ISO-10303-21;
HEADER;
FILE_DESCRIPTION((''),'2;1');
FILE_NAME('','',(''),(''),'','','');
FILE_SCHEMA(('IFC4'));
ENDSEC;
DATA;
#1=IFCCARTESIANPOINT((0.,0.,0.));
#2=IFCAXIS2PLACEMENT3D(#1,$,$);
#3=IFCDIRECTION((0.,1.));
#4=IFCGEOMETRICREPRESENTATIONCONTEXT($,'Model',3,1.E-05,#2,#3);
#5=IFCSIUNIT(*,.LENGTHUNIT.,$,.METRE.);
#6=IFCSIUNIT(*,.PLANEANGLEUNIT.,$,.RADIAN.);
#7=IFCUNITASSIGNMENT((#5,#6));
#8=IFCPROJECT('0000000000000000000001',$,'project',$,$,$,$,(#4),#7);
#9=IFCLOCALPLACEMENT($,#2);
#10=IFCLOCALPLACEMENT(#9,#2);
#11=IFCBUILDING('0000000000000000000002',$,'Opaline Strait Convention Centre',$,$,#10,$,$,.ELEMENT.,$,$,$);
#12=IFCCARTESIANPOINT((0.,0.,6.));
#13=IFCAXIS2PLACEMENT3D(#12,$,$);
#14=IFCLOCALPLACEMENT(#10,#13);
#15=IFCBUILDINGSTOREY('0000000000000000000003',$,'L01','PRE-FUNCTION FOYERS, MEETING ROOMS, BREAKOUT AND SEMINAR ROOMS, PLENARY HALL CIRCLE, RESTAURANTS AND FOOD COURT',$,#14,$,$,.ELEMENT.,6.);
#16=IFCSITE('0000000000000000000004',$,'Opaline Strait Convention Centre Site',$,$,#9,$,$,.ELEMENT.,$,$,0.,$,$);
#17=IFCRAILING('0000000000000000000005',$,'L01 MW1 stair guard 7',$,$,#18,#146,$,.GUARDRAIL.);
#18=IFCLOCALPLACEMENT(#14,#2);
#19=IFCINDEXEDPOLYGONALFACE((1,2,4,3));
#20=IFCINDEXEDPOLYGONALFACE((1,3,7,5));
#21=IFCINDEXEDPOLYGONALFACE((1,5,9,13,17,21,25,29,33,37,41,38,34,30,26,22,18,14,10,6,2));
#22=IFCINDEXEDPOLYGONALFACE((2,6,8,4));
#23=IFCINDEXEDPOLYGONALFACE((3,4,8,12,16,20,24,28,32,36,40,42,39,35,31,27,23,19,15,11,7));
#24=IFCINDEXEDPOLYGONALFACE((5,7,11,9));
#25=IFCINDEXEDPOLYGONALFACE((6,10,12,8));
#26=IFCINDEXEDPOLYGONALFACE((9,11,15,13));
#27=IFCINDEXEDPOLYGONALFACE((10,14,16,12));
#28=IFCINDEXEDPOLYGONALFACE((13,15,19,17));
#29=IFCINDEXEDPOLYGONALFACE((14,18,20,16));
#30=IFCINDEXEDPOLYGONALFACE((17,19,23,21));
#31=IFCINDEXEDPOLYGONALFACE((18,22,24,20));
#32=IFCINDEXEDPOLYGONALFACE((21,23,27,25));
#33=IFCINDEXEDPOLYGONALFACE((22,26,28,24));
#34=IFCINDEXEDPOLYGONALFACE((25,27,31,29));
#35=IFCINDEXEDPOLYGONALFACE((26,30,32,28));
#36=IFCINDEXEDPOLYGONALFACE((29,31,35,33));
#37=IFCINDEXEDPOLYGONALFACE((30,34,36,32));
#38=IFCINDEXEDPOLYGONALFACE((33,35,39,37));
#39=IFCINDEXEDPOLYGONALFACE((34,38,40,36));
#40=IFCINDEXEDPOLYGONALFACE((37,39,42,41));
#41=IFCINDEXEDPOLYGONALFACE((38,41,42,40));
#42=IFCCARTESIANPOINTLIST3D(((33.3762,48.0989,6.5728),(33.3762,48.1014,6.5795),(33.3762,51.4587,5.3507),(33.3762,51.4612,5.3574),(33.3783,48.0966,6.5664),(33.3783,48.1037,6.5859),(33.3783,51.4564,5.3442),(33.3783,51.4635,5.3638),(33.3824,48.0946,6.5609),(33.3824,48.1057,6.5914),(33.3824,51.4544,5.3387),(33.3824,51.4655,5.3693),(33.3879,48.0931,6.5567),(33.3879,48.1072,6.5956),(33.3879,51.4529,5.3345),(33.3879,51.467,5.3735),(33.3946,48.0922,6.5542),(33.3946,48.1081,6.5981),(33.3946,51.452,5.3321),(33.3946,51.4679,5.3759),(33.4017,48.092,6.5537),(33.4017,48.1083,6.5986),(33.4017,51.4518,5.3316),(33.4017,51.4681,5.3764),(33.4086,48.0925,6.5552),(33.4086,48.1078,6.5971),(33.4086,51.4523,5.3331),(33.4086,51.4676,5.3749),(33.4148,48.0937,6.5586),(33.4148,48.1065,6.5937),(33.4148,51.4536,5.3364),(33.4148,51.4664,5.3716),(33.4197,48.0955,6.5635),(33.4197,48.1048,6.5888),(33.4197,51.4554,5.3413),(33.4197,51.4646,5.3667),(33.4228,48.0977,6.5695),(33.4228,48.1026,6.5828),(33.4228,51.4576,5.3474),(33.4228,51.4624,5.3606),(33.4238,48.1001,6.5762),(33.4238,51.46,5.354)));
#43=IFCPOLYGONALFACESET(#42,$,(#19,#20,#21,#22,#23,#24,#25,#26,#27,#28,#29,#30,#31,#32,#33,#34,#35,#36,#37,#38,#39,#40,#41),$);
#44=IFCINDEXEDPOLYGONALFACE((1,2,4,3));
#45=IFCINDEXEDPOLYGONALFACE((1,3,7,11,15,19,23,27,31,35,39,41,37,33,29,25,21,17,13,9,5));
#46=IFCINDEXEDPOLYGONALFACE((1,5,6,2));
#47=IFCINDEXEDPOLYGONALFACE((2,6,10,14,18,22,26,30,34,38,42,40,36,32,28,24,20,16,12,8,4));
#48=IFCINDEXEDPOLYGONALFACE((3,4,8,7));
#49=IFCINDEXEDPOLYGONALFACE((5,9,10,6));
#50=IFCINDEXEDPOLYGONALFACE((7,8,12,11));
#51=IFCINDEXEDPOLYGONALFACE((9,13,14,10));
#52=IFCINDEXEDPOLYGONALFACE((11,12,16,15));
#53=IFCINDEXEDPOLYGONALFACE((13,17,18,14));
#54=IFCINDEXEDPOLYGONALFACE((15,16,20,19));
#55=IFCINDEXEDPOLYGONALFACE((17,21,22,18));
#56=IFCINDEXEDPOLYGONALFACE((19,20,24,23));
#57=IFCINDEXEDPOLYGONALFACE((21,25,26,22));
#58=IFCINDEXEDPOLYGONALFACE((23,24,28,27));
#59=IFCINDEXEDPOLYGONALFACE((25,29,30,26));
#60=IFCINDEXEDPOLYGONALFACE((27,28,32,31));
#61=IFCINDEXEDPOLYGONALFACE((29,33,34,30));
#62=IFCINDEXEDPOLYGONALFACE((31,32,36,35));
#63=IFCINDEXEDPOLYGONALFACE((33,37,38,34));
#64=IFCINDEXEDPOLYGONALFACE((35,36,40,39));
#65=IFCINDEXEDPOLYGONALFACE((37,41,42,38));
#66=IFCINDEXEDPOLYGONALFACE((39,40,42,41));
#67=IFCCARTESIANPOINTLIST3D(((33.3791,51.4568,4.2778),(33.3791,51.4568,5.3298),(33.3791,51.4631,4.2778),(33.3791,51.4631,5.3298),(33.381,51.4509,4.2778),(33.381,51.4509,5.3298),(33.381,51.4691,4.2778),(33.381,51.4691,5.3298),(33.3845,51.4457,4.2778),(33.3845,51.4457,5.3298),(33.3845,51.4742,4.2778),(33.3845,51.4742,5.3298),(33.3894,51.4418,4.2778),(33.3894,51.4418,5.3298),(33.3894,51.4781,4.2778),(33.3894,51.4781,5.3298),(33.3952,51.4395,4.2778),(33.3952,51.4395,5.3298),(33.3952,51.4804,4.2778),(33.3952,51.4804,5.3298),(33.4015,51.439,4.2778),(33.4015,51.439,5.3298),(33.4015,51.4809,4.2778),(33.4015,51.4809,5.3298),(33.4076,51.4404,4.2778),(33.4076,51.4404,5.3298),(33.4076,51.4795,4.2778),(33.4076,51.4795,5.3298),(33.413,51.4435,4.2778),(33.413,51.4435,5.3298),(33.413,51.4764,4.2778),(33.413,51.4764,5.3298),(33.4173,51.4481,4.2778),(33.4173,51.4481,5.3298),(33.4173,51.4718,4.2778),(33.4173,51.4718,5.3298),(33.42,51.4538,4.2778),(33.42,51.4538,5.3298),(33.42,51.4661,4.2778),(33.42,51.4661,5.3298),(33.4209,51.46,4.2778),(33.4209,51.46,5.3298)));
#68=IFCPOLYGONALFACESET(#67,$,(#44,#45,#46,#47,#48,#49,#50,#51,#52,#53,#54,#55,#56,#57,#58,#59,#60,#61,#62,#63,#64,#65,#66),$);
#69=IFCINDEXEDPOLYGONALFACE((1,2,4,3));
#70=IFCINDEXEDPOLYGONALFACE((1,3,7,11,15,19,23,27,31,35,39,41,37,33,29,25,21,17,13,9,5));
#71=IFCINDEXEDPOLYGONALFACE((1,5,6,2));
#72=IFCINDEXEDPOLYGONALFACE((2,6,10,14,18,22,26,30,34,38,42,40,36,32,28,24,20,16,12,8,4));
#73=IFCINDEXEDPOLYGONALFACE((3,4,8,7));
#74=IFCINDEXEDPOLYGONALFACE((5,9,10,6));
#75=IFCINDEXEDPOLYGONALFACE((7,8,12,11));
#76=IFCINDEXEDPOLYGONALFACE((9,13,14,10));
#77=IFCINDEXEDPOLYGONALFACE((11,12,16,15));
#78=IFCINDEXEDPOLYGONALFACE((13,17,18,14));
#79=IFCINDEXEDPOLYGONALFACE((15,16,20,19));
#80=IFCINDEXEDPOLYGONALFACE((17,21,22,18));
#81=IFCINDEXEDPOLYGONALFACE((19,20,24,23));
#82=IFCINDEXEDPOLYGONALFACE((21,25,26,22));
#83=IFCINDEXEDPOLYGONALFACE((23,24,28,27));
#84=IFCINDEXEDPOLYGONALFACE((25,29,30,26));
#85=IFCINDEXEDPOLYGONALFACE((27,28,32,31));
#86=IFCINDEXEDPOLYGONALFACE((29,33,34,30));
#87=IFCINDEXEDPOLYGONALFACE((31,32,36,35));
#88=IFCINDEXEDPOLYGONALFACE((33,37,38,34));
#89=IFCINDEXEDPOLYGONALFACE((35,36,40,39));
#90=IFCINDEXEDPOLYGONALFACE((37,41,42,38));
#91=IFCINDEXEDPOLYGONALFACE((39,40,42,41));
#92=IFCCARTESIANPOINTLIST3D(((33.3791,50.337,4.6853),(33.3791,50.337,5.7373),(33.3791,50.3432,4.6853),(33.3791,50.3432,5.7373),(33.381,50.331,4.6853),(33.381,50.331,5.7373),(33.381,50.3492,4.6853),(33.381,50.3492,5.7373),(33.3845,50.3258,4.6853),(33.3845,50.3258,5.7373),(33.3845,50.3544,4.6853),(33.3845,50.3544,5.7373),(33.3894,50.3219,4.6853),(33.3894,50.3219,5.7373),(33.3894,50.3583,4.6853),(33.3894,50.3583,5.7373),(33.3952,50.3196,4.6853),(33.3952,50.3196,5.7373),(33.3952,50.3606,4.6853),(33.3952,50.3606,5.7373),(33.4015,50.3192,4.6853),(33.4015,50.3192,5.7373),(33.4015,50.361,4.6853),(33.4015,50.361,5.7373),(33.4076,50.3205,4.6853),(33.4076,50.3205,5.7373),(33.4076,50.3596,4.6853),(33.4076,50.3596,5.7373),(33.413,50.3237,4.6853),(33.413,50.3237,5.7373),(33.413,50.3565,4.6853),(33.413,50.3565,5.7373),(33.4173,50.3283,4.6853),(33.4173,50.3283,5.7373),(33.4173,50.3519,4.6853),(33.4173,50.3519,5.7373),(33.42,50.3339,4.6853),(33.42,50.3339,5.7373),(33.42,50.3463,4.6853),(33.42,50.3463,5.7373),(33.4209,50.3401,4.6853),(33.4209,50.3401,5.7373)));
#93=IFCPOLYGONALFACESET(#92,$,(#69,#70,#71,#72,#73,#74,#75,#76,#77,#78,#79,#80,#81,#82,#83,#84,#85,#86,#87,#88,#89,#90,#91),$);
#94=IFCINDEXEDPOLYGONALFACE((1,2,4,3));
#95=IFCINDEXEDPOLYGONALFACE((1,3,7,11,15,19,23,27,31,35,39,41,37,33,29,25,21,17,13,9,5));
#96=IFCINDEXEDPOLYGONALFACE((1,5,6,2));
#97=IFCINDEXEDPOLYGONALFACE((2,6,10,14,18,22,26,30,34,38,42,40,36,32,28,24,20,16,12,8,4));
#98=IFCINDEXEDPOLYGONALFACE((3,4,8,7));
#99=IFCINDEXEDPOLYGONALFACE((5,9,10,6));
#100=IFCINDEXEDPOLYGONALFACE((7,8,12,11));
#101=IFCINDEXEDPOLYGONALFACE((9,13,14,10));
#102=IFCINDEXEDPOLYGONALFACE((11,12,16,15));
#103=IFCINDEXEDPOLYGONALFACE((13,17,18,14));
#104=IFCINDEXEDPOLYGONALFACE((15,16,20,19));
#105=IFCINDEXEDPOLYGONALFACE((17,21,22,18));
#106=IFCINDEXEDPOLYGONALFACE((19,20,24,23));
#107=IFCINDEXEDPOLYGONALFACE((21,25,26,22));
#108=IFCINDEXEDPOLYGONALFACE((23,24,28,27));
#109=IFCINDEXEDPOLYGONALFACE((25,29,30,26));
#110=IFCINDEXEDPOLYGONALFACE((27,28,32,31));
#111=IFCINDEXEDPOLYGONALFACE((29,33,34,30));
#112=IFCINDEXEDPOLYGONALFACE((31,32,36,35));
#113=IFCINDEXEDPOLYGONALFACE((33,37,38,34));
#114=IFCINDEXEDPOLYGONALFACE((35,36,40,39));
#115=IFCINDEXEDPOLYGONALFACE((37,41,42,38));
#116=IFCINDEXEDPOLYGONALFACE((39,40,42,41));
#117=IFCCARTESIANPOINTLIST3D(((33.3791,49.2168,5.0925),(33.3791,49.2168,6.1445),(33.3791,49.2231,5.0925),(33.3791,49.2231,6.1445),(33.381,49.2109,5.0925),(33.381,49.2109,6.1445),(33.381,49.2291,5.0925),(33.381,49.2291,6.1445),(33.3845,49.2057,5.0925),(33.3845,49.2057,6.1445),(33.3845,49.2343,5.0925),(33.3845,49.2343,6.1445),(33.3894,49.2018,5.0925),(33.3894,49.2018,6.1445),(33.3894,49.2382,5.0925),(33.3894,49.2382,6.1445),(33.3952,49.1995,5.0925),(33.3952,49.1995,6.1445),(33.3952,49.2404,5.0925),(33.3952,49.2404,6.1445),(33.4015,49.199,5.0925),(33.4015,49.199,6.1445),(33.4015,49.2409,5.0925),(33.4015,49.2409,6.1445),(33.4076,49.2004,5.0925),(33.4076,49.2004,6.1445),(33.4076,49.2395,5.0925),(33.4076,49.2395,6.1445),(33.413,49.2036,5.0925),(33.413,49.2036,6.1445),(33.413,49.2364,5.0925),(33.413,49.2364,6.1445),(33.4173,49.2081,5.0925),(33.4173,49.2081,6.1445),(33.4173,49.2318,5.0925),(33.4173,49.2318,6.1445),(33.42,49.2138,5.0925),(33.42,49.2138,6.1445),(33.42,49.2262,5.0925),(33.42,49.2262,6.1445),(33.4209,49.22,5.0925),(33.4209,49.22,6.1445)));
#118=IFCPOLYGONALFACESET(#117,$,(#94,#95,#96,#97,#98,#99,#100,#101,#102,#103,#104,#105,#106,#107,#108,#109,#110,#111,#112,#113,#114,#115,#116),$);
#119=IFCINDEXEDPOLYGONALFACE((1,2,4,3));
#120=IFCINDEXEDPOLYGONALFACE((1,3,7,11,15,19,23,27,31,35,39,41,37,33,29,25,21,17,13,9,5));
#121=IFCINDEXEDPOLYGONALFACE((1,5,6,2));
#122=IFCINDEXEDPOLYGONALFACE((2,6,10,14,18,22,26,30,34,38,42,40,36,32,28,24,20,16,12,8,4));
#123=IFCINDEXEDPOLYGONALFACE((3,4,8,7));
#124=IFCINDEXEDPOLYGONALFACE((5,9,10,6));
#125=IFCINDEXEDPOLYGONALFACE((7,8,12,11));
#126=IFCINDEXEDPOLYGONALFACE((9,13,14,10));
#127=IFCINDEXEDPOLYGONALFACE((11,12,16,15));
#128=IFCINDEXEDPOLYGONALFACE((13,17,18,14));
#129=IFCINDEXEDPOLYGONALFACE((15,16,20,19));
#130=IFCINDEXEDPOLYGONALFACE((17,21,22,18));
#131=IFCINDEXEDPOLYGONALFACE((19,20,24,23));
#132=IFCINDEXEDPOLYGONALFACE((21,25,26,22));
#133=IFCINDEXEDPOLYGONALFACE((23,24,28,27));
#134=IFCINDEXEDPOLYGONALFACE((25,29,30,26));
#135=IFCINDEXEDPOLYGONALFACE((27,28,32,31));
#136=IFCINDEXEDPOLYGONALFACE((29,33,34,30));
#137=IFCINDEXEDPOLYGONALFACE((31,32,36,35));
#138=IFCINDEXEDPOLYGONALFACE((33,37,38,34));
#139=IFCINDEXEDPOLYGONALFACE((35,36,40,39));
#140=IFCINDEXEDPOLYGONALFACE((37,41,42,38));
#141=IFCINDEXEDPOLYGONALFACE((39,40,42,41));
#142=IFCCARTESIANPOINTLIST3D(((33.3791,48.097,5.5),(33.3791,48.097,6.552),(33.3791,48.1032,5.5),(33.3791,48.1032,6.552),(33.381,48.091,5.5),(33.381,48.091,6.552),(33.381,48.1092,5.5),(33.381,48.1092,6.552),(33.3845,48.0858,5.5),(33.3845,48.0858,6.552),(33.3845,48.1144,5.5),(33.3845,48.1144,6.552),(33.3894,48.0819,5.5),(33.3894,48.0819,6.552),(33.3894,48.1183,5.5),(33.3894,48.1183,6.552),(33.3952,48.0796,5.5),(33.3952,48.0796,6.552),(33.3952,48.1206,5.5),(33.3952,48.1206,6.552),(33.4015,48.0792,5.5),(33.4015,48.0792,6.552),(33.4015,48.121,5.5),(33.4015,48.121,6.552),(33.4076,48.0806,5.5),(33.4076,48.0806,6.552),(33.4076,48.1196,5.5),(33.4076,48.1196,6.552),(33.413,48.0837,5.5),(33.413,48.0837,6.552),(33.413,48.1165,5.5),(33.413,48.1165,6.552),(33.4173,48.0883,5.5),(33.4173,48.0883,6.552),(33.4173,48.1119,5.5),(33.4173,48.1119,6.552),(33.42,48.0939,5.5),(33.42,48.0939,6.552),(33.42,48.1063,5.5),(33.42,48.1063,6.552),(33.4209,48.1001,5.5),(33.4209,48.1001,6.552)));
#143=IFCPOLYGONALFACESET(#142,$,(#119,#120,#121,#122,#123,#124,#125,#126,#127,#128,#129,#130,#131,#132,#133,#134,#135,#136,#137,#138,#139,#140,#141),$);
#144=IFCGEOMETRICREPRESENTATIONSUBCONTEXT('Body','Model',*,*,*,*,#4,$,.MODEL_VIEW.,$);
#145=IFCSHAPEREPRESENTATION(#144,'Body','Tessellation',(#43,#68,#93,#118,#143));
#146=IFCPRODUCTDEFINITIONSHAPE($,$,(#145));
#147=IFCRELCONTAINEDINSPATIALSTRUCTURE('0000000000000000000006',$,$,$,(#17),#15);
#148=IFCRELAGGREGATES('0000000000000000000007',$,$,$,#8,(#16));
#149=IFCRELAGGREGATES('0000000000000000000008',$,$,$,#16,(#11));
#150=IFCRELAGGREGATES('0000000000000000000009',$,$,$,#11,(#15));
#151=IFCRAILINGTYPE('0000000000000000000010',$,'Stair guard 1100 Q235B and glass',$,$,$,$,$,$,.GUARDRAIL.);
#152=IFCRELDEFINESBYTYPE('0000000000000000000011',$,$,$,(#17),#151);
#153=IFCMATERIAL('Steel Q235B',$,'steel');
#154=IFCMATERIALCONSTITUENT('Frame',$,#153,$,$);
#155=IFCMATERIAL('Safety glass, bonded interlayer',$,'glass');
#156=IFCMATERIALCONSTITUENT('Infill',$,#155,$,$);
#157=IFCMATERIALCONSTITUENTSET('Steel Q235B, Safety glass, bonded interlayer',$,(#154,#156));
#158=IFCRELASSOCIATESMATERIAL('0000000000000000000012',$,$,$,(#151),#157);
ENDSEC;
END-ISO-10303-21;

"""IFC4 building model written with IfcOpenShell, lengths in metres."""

from ifc_helpers import new_model, si_unit, direction, frame, origin, origin_2d, place, context, subcontext, project, spatial, circle, extrude, material, constituent, constituent_set, type_object, element, save


model = new_model("IFC4")

# Units and contexts
model_context = context("Model", 3, precision=1e-05, world=origin(), true_north=direction((0.0, 1.0)))
body_context = subcontext(model_context, "Body", "Model", "MODEL_VIEW")
ifc_project = project(units=[si_unit("LENGTHUNIT", "METRE"), si_unit("PLANEANGLEUNIT", "RADIAN")], contexts=[model_context])

# Site, building, storey
site_placement = place(None, origin())
site = spatial("IfcSite", under=ifc_project, at=site_placement, Name="Opaline Strait Convention Centre Site", CompositionType="ELEMENT", RefElevation=0.0)
building_placement = place(site_placement, origin())
building = spatial("IfcBuilding", under=site, at=building_placement, Name="Opaline Strait Convention Centre", CompositionType="ELEMENT")
storey_placement = place(building_placement, frame((0.0, 0.0, 6.0)))
storey = spatial("IfcBuildingStorey", under=building, at=storey_placement, Name="L01", Description="PRE-FUNCTION FOYERS, MEETING ROOMS, BREAKOUT AND SEMINAR ROOMS, PLENARY HALL CIRCLE, RESTAURANTS AND FOOD COURT", CompositionType="ELEMENT", Elevation=6.0)

# Railing
ifc_material_1 = material(Name="Steel Q235B", Category="steel")
ifc_constituent_1 = constituent(ifc_material_1, Name="Frame")
ifc_material_2 = material(Name="Safety glass, bonded interlayer", Category="glass")
ifc_constituent_2 = constituent(ifc_material_2, Name="Infill")
ifc_constituent_set = constituent_set(constituents=[ifc_constituent_1, ifc_constituent_2], Name="Steel Q235B, Safety glass, bonded interlayer")
railing_type_1 = type_object("IfcRailingType", Name="Stair guard 1100 Q235B and glass", PredefinedType="GUARDRAIL", material=ifc_constituent_set)
for number, where, name in (
    (1, (33.3999, 51.46, 4.2778), "L01 MW1 stair guard 7"),
):
    element("IfcRailing", number, at=place(storey_placement, frame(where)), inside=storey, type_object=railing_type_1, Name=name, PredefinedType="GUARDRAIL", context=body_context, shape_type="SweptSolid", body=[
        extrude(circle(Radius=0.0239, at=origin_2d()), frame((0.0, 0.0, 1.0762), z_axis=(0.0, -0.939758, 0.341842), x_axis=(1.0, 0.0, 0.0)), (0.0, 0.0, 1.0), 3.5752),
        extrude(circle(Radius=0.021, at=origin_2d()), origin(), (0.0, 0.0, 1.0), 1.052),
        extrude(circle(Radius=0.021, at=origin_2d()), frame((0.0, -1.1199, 0.4075)), (0.0, 0.0, 1.0), 1.052),
        extrude(circle(Radius=0.021, at=origin_2d()), frame((0.0, -2.24, 0.8147)), (0.0, 0.0, 1.0), 1.052),
        extrude(circle(Radius=0.021, at=origin_2d()), frame((0.0, -3.3599, 1.2222)), (0.0, 0.0, 1.0), 1.052),
    ])

save(model, "model.ifc")
